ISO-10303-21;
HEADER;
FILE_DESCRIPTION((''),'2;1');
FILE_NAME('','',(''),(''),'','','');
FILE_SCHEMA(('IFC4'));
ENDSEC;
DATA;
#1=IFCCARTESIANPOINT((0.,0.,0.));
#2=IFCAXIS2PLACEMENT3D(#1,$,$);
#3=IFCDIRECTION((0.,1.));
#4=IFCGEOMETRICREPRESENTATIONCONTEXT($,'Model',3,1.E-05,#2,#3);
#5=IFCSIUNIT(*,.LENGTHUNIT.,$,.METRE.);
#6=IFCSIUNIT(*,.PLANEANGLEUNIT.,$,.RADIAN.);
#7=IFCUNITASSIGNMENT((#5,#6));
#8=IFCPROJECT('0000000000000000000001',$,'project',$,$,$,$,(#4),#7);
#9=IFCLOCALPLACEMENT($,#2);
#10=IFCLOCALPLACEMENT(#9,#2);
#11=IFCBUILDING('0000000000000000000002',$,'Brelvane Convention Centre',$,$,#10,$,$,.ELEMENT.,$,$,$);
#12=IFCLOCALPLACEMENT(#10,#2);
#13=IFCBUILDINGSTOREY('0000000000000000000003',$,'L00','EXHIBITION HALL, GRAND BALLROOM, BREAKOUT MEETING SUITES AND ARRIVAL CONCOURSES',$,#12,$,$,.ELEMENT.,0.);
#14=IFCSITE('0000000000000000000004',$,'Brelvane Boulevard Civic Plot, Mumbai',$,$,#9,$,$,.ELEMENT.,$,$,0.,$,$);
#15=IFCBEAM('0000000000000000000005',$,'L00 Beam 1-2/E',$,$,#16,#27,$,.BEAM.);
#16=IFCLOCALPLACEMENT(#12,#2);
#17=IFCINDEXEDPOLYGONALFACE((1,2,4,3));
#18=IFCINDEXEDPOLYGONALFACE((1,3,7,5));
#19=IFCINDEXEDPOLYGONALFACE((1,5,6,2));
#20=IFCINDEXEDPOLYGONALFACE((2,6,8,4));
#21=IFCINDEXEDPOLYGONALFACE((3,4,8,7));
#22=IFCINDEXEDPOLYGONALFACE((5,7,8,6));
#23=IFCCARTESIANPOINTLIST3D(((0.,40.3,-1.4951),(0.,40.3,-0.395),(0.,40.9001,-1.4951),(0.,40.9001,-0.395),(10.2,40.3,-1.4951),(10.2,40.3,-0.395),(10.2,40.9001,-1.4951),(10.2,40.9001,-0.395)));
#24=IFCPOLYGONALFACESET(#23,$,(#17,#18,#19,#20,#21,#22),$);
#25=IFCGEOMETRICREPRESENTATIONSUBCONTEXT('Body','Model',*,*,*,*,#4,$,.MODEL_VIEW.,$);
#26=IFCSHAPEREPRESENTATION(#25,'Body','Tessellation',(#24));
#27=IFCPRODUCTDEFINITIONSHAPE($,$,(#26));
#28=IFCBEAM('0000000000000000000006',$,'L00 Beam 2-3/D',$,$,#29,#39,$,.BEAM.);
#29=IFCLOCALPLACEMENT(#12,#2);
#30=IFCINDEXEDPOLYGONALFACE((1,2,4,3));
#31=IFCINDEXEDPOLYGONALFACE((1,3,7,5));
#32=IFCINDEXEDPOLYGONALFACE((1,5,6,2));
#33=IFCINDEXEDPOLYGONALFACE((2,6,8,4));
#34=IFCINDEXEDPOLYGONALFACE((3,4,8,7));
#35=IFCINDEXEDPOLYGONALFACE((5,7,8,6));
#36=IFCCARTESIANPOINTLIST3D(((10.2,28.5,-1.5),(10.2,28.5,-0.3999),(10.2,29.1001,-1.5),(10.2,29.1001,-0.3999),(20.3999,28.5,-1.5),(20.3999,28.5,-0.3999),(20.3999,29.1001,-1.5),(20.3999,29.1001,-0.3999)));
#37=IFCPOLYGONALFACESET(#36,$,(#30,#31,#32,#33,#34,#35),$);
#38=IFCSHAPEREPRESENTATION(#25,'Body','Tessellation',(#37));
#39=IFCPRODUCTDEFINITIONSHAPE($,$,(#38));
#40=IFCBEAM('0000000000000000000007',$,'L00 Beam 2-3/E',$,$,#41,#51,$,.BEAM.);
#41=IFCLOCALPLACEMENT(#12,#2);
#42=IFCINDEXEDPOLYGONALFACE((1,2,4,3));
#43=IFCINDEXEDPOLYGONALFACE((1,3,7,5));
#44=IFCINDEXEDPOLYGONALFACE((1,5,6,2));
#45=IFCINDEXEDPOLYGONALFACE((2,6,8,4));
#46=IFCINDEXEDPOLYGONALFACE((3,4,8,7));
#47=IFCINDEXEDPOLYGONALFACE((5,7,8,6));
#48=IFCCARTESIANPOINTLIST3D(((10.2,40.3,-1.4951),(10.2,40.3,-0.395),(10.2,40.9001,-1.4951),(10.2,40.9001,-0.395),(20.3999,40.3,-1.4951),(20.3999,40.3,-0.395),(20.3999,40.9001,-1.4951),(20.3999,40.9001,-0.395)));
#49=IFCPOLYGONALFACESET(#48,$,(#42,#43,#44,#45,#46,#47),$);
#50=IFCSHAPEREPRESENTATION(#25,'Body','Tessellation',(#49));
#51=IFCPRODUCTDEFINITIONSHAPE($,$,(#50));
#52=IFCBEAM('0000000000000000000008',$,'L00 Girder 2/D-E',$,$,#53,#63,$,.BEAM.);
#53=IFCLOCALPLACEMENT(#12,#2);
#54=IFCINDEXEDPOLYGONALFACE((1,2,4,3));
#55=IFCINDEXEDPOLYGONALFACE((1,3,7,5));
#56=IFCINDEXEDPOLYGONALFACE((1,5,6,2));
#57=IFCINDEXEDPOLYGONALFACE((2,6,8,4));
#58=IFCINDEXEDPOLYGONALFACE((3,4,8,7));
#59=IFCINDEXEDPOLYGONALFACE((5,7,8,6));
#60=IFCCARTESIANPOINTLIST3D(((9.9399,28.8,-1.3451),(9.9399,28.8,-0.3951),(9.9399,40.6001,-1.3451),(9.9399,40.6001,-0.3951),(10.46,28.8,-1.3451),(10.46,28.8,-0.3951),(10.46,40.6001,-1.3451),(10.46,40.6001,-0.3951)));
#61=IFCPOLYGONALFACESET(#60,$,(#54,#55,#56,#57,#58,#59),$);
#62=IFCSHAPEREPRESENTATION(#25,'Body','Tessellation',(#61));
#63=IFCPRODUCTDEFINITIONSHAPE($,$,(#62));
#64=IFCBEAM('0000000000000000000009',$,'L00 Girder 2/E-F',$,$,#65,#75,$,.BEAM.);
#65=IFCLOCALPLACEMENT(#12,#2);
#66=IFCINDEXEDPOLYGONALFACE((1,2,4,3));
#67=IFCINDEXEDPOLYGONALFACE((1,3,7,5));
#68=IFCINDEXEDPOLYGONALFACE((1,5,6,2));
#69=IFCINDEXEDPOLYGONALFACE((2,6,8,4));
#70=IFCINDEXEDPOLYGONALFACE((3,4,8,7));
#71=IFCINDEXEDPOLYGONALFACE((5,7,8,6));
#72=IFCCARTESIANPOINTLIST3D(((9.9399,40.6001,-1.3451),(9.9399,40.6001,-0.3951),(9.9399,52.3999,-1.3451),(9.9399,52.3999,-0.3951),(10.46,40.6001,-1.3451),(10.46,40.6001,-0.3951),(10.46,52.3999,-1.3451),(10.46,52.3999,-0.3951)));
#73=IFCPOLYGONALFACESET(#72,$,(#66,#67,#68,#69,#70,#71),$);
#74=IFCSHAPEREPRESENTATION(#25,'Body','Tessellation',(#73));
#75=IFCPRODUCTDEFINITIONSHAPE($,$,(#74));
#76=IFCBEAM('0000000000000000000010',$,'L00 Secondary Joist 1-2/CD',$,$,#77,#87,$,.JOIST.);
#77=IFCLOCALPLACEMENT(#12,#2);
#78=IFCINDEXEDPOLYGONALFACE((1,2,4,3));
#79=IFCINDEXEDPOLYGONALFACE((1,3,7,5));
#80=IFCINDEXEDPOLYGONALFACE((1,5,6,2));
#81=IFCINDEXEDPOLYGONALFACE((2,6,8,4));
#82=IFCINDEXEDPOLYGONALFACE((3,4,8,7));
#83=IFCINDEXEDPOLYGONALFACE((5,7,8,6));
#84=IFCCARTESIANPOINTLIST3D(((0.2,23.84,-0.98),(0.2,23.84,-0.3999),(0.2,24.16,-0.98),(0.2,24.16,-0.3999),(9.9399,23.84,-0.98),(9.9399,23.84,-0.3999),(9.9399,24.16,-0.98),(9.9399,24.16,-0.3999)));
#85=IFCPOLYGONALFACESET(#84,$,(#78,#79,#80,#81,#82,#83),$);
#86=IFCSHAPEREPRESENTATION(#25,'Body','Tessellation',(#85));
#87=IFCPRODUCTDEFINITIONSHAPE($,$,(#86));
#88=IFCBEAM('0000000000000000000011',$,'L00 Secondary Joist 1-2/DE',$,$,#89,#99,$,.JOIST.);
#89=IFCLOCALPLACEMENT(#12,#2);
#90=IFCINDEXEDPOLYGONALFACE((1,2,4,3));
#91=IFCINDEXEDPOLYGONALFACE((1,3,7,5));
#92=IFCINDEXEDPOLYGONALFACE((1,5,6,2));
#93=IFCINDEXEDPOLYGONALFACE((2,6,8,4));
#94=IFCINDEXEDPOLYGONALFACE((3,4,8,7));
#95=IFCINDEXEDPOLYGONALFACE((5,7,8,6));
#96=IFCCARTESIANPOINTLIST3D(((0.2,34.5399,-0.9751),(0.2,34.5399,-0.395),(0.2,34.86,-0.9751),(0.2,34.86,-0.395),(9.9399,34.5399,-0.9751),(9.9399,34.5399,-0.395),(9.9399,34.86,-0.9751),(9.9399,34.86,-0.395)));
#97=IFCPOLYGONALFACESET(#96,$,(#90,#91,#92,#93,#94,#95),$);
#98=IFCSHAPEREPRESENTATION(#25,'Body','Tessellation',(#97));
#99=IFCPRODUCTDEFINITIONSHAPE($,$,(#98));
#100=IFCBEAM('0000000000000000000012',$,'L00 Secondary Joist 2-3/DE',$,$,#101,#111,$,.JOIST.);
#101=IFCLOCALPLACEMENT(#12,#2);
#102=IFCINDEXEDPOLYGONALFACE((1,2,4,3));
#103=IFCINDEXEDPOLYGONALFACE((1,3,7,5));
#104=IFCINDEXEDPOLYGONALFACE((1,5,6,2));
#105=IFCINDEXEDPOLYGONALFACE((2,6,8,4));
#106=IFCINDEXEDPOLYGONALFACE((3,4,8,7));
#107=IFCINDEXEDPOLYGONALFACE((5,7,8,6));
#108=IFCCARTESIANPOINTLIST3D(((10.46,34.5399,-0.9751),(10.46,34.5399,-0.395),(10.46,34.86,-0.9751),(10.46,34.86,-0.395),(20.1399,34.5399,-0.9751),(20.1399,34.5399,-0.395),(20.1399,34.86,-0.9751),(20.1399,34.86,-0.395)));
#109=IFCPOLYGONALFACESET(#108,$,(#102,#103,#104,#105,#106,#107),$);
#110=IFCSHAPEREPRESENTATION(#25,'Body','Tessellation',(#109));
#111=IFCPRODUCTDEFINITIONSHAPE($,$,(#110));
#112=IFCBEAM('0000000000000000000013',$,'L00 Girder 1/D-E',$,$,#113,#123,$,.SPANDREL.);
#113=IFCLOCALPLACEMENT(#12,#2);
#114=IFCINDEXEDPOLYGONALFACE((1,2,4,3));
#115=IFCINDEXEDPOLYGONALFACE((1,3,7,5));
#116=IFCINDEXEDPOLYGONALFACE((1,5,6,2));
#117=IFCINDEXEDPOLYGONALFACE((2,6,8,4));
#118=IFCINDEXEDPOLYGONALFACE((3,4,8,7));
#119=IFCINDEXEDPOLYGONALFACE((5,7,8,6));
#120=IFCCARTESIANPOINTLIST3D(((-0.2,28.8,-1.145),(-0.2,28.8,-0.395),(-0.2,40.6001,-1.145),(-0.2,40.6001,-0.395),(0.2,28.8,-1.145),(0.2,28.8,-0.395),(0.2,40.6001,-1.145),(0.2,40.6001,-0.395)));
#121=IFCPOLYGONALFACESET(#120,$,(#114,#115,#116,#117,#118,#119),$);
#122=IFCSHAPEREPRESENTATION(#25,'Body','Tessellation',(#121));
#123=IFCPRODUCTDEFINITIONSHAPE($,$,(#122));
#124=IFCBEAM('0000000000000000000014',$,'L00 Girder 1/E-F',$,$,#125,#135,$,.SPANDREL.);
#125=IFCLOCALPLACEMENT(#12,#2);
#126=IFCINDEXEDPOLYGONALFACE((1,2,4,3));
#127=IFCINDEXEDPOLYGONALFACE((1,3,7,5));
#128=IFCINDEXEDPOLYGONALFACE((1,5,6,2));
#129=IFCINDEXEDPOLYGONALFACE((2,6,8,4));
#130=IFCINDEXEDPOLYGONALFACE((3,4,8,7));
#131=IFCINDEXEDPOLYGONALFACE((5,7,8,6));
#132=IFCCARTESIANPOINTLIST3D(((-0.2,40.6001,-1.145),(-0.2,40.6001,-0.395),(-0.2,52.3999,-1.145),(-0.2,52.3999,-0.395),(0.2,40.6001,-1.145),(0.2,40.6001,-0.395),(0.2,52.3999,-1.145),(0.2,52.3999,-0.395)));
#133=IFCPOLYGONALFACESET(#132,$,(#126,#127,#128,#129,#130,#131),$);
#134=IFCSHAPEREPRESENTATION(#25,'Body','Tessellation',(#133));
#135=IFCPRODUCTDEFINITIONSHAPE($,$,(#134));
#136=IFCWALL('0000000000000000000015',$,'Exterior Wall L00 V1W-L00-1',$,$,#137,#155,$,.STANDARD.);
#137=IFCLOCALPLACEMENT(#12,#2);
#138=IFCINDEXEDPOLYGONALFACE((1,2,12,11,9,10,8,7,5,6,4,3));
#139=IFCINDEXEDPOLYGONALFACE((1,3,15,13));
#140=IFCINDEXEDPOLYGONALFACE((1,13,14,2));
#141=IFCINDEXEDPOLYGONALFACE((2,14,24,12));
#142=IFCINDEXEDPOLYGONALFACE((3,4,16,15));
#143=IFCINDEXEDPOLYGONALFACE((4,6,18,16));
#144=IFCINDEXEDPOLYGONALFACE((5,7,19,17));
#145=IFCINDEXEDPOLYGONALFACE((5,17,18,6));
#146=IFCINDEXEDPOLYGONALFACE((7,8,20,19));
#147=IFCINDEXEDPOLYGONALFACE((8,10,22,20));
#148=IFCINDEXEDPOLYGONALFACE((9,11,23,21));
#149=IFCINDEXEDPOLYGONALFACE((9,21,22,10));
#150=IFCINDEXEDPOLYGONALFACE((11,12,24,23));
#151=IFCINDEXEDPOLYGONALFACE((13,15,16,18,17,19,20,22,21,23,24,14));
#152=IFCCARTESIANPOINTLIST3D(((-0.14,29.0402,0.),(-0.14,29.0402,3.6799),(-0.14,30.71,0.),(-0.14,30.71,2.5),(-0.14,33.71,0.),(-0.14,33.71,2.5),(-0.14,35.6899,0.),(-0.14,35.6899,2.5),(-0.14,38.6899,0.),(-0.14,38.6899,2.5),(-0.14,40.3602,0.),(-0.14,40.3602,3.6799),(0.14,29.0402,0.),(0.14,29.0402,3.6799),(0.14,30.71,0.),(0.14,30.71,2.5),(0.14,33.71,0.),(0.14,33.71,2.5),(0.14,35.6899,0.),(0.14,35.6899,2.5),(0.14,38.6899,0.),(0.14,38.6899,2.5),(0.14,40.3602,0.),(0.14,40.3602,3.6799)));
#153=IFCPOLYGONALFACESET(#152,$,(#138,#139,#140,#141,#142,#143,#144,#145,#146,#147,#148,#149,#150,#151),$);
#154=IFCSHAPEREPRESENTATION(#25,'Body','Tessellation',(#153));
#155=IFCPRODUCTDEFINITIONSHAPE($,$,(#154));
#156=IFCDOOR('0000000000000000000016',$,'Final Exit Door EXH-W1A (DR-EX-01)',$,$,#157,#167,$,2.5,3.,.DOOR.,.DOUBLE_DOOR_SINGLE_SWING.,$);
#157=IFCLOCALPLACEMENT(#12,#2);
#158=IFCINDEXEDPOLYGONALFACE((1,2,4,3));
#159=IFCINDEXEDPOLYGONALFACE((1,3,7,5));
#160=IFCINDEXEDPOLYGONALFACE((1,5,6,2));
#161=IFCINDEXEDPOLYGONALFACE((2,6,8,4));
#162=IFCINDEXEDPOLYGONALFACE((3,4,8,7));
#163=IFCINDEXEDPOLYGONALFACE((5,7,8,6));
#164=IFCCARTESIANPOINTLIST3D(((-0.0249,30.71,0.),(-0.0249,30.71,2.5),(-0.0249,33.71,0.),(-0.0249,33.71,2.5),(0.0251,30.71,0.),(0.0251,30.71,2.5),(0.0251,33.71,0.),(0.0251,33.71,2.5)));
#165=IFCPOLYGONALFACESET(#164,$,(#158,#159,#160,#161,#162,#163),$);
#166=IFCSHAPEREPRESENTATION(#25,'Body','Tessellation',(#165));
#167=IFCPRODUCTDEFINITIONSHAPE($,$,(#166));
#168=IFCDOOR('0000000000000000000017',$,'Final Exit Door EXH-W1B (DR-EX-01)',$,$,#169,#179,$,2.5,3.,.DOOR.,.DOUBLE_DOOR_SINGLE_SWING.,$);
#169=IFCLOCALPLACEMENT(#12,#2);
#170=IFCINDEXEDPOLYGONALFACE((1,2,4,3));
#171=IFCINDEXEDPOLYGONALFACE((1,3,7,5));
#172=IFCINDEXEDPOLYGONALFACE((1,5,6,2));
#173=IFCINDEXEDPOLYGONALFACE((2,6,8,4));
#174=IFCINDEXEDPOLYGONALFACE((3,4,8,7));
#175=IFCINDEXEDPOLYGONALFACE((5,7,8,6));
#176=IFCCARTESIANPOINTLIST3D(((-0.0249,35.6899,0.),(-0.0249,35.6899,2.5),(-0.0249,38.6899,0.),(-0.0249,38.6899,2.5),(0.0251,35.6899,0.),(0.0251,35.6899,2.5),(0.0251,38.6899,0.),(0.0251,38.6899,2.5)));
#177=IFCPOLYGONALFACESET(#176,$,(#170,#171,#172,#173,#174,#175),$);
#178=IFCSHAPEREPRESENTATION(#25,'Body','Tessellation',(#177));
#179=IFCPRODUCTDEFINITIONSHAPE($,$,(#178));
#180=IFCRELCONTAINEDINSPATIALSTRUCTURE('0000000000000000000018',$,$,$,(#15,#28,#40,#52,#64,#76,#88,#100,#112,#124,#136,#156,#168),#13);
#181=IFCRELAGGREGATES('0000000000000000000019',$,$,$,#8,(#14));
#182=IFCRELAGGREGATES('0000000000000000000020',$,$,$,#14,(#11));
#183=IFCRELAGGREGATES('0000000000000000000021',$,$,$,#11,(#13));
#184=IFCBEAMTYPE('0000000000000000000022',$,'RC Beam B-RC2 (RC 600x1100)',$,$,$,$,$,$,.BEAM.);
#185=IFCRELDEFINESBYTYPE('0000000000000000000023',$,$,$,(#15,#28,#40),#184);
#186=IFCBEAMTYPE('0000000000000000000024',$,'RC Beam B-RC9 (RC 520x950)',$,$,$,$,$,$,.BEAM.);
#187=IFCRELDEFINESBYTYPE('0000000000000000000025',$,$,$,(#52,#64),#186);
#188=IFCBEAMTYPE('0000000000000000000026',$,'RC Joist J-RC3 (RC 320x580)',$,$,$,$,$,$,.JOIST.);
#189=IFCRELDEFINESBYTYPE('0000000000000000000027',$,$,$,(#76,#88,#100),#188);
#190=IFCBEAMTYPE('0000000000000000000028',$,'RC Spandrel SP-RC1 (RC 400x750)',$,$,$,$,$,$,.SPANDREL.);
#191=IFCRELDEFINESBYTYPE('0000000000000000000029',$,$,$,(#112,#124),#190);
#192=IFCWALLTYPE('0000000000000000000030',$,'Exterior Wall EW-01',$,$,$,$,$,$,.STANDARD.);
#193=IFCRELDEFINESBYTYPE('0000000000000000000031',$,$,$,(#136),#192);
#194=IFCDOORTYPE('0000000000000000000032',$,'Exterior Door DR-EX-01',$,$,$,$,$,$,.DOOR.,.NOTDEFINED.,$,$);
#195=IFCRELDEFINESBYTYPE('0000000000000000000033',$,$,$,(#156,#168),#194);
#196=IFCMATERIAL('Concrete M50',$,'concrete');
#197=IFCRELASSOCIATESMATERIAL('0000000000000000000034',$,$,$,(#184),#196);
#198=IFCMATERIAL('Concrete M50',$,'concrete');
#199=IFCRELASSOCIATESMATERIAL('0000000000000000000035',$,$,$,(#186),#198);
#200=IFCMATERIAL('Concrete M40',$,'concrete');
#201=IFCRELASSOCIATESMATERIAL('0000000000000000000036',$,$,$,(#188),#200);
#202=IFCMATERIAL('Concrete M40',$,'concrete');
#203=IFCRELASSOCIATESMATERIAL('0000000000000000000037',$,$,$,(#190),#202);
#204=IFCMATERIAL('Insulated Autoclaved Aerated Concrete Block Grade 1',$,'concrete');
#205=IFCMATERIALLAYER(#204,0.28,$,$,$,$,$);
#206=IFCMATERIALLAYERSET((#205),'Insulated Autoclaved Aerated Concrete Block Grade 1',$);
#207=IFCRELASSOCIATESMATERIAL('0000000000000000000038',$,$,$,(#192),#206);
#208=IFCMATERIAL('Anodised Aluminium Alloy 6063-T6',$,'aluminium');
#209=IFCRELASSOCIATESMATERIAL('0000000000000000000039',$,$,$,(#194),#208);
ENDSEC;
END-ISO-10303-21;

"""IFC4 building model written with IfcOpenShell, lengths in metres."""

from ifc_helpers import new_model, si_unit, direction, frame, frame_2d, origin, origin_2d, place, context, subcontext, project, spatial, rectangle, extrude, material, layer, layer_set, material_profile, profile_set, type_object, element, fill, save


model = new_model("IFC4")

# Units and contexts
model_context = context("Model", 3, precision=1e-05, world=origin(), true_north=direction((0.0, 1.0)))
body_context = subcontext(model_context, "Body", "Model", "MODEL_VIEW")
ifc_project = project(units=[si_unit("LENGTHUNIT", "METRE"), si_unit("PLANEANGLEUNIT", "RADIAN")], contexts=[model_context])

# Site, building, storey
site_placement = place(None, origin())
site = spatial("IfcSite", under=ifc_project, at=site_placement, Name="Brelvane Boulevard Civic Plot, Mumbai", CompositionType="ELEMENT", RefElevation=0.0)
building_placement = place(site_placement, origin())
building = spatial("IfcBuilding", under=site, at=building_placement, Name="Brelvane Convention Centre", CompositionType="ELEMENT")
storey_placement = place(building_placement, origin())
storey = spatial("IfcBuildingStorey", under=building, at=storey_placement, Name="L00", Description="EXHIBITION HALL, GRAND BALLROOM, BREAKOUT MEETING SUITES AND ARRIVAL CONCOURSES", CompositionType="ELEMENT", Elevation=0.0)

# Beams
ifc_material_1 = material(Name="Concrete M50", Category="concrete")
ifc_material_profile_1 = material_profile(ifc_material_1, rectangle(XDim=0.6001, YDim=1.1001, at=origin_2d()), Name="RC 600x1100")
ifc_profile_set_1 = profile_set([ifc_material_profile_1], Name="Concrete M50")
beam_type_1 = type_object("IfcBeamType", Name="RC Beam B-RC2 (RC 600x1100)", PredefinedType="BEAM", material=ifc_profile_set_1)
for number, where, z_axis, x_axis, name in (
    (1, (0.0, 40.6001, -0.9451), (1.0, 0.0, 0.0), (0.0, 1.0, 0.0), "L00 Beam 1-2/E"),
    (2, (10.2, 28.8, -0.95), (1.0, 0.0, 0.0), (0.0, 1.0, 0.0), "L00 Beam 2-3/D"),
    (3, (10.2, 40.6001, -0.9451), (1.0, 0.0, 0.0), (0.0, 1.0, 0.0), "L00 Beam 2-3/E"),
):
    element("IfcBeam", number, at=place(storey_placement, frame(where, z_axis=z_axis, x_axis=x_axis)), inside=storey, type_object=beam_type_1, Name=name, PredefinedType="BEAM", context=body_context, shape_type="SweptSolid", body=[
        extrude(rectangle(XDim=0.6001, YDim=1.1001, at=origin_2d()), origin(), (0.0, 0.0, 1.0), 10.2),
    ])
ifc_material_2 = material(Name="Concrete M50", Category="concrete")
ifc_material_profile_2 = material_profile(ifc_material_2, rectangle(XDim=0.52, YDim=0.95, at=origin_2d()), Name="RC 520x950")
ifc_profile_set_2 = profile_set([ifc_material_profile_2], Name="Concrete M50")
beam_type_2 = type_object("IfcBeamType", Name="RC Beam B-RC9 (RC 520x950)", PredefinedType="BEAM", material=ifc_profile_set_2)
beam_1_placement = place(storey_placement, frame((10.2, 28.8, -0.8701), z_axis=(0.0, 1.0, 0.0), x_axis=(-1.0, 0.0, 0.0)))
element("IfcBeam", 4, at=beam_1_placement, inside=storey, type_object=beam_type_2, Name="L00 Girder 2/D-E", PredefinedType="BEAM", context=body_context, shape_type="SweptSolid", body=[
    extrude(rectangle(XDim=0.52, YDim=0.95, at=origin_2d()), origin(), (0.0, 0.0, 1.0), 11.8),
])
beam_2_placement = place(storey_placement, frame((10.2, 40.6001, -0.8701), z_axis=(0.0, 1.0, 0.0), x_axis=(-1.0, 0.0, 0.0)))
element("IfcBeam", 5, at=beam_2_placement, inside=storey, type_object=beam_type_2, Name="L00 Girder 2/E-F", PredefinedType="BEAM", context=body_context, shape_type="SweptSolid", body=[
    extrude(rectangle(XDim=0.52, YDim=0.95, at=origin_2d()), origin(), (0.0, 0.0, 1.0), 11.7998),
])
ifc_material_3 = material(Name="Concrete M40", Category="concrete")
ifc_material_profile_3 = material_profile(ifc_material_3, rectangle(XDim=0.3201, YDim=0.5801, at=origin_2d()), Name="RC 320x580")
ifc_profile_set_3 = profile_set([ifc_material_profile_3], Name="Concrete M40")
beam_type_3 = type_object("IfcBeamType", Name="RC Joist J-RC3 (RC 320x580)", PredefinedType="JOIST", material=ifc_profile_set_3)
for number, where, z_axis, x_axis, name in (
    (6, (0.2, 24.0, -0.6899), (1.0, 0.0, 0.0), (0.0, 1.0, 0.0), "L00 Secondary Joist 1-2/CD"),
    (7, (0.2, 34.7, -0.6851), (1.0, 0.0, 0.0), (0.0, 1.0, 0.0), "L00 Secondary Joist 1-2/DE"),
):
    element("IfcBeam", number, at=place(storey_placement, frame(where, z_axis=z_axis, x_axis=x_axis)), inside=storey, type_object=beam_type_3, Name=name, PredefinedType="JOIST", context=body_context, shape_type="SweptSolid", body=[
        extrude(rectangle(XDim=0.3201, YDim=0.5801, at=origin_2d()), origin(), (0.0, 0.0, 1.0), 9.74),
    ])
beam_3_placement = place(storey_placement, frame((10.46, 34.7, -0.6851), z_axis=(1.0, 0.0, 0.0), x_axis=(0.0, 1.0, 0.0)))
element("IfcBeam", 8, at=beam_3_placement, inside=storey, type_object=beam_type_3, Name="L00 Secondary Joist 2-3/DE", PredefinedType="JOIST", context=body_context, shape_type="SweptSolid", body=[
    extrude(rectangle(XDim=0.3201, YDim=0.5801, at=origin_2d()), origin(), (0.0, 0.0, 1.0), 9.6799),
])
ifc_material_4 = material(Name="Concrete M40", Category="concrete")
ifc_material_profile_4 = material_profile(ifc_material_4, rectangle(XDim=0.3999, YDim=0.75, at=origin_2d()), Name="RC 400x750")
ifc_profile_set_4 = profile_set([ifc_material_profile_4], Name="Concrete M40")
beam_type_4 = type_object("IfcBeamType", Name="RC Spandrel SP-RC1 (RC 400x750)", PredefinedType="SPANDREL", material=ifc_profile_set_4)
beam_4_placement = place(storey_placement, frame((0.0, 28.8, -0.77), z_axis=(0.0, 1.0, 0.0), x_axis=(-1.0, 0.0, 0.0)))
element("IfcBeam", 9, at=beam_4_placement, inside=storey, type_object=beam_type_4, Name="L00 Girder 1/D-E", PredefinedType="SPANDREL", context=body_context, shape_type="SweptSolid", body=[
    extrude(rectangle(XDim=0.3999, YDim=0.75, at=origin_2d()), origin(), (0.0, 0.0, 1.0), 11.8),
])
beam_5_placement = place(storey_placement, frame((0.0, 40.6001, -0.77), z_axis=(0.0, 1.0, 0.0), x_axis=(-1.0, 0.0, 0.0)))
element("IfcBeam", 10, at=beam_5_placement, inside=storey, type_object=beam_type_4, Name="L00 Girder 1/E-F", PredefinedType="SPANDREL", context=body_context, shape_type="SweptSolid", body=[
    extrude(rectangle(XDim=0.3999, YDim=0.75, at=origin_2d()), origin(), (0.0, 0.0, 1.0), 11.7998),
])

# Wall, openings, doors
ifc_material_5 = material(Name="Insulated Autoclaved Aerated Concrete Block Grade 1", Category="concrete")
ifc_layer_1 = layer(ifc_material_5, 0.28)
ifc_layer_set_1 = layer_set([ifc_layer_1], Name="Insulated Autoclaved Aerated Concrete Block Grade 1")
wall_type_1 = type_object("IfcWallType", Name="Exterior Wall EW-01", PredefinedType="STANDARD", material=ifc_layer_set_1)
wall_1_placement = place(storey_placement, frame((0.0, 29.04, 0.0), z_axis=(0.0, 0.0, 1.0), x_axis=(0.0, 1.0, 0.0)))
wall_1 = element("IfcWall", 11, at=wall_1_placement, inside=storey, type_object=wall_type_1, Name="Exterior Wall L00 V1W-L00-1", PredefinedType="STANDARD", context=body_context, shape_type="SweptSolid", body=[
    extrude(rectangle(XDim=11.3201, YDim=0.28, at=frame_2d((5.6602, 0.0))), origin(), (0.0, 0.0, 1.0), 3.6799),
])
opening_1_placement = place(wall_1_placement, frame((1.6699, 0.0, 0.0)))
opening_1 = element("IfcOpeningElement", 12, at=opening_1_placement, cuts=wall_1, PredefinedType="OPENING", context=body_context, shape_type="SweptSolid", body=[
    extrude(rectangle(XDim=3.0, YDim=2.5, at=frame_2d((1.5, 1.25))), frame((0.0, 0.1499, 0.0), z_axis=(0.0, -1.0, 0.0), x_axis=(1.0, 0.0, 0.0)), (0.0, 0.0, 1.0), 0.3),
])
opening_2_placement = place(wall_1_placement, frame((6.6499, 0.0, 0.0)))
opening_2 = element("IfcOpeningElement", 13, at=opening_2_placement, cuts=wall_1, PredefinedType="OPENING", context=body_context, shape_type="SweptSolid", body=[
    extrude(rectangle(XDim=3.0, YDim=2.5, at=frame_2d((1.5, 1.25))), frame((0.0, 0.1499, 0.0), z_axis=(0.0, -1.0, 0.0), x_axis=(1.0, 0.0, 0.0)), (0.0, 0.0, 1.0), 0.3),
])
ifc_material_6 = material(Name="Anodised Aluminium Alloy 6063-T6", Category="aluminium")
door_type_1 = type_object("IfcDoorType", Name="Exterior Door DR-EX-01", OperationType="NOTDEFINED", PredefinedType="DOOR", material=ifc_material_6)
door_1_placement = place(opening_1_placement, origin())
door_1 = element("IfcDoor", 14, at=door_1_placement, inside=storey, type_object=door_type_1, Name="Final Exit Door EXH-W1A (DR-EX-01)", OperationType="DOUBLE_DOOR_SINGLE_SWING", OverallHeight=2.5, OverallWidth=3.0, PredefinedType="DOOR", context=body_context, shape_type="SweptSolid", body=[
    extrude(rectangle(XDim=3.0, YDim=2.5, at=frame_2d((1.5, 1.25))), frame((0.0, 0.0249, 0.0), z_axis=(0.0, -1.0, 0.0), x_axis=(1.0, 0.0, 0.0)), (0.0, 0.0, 1.0), 0.05),
])
fill(opening_1, door_1)
door_2_placement = place(opening_2_placement, origin())
door_2 = element("IfcDoor", 15, at=door_2_placement, inside=storey, type_object=door_type_1, Name="Final Exit Door EXH-W1B (DR-EX-01)", OperationType="DOUBLE_DOOR_SINGLE_SWING", OverallHeight=2.5, OverallWidth=3.0, PredefinedType="DOOR", context=body_context, shape_type="SweptSolid", body=[
    extrude(rectangle(XDim=3.0, YDim=2.5, at=frame_2d((1.5, 1.25))), frame((0.0, 0.0249, 0.0), z_axis=(0.0, -1.0, 0.0), x_axis=(1.0, 0.0, 0.0)), (0.0, 0.0, 1.0), 0.05),
])
fill(opening_2, door_2)

save(model, "model.ifc")
